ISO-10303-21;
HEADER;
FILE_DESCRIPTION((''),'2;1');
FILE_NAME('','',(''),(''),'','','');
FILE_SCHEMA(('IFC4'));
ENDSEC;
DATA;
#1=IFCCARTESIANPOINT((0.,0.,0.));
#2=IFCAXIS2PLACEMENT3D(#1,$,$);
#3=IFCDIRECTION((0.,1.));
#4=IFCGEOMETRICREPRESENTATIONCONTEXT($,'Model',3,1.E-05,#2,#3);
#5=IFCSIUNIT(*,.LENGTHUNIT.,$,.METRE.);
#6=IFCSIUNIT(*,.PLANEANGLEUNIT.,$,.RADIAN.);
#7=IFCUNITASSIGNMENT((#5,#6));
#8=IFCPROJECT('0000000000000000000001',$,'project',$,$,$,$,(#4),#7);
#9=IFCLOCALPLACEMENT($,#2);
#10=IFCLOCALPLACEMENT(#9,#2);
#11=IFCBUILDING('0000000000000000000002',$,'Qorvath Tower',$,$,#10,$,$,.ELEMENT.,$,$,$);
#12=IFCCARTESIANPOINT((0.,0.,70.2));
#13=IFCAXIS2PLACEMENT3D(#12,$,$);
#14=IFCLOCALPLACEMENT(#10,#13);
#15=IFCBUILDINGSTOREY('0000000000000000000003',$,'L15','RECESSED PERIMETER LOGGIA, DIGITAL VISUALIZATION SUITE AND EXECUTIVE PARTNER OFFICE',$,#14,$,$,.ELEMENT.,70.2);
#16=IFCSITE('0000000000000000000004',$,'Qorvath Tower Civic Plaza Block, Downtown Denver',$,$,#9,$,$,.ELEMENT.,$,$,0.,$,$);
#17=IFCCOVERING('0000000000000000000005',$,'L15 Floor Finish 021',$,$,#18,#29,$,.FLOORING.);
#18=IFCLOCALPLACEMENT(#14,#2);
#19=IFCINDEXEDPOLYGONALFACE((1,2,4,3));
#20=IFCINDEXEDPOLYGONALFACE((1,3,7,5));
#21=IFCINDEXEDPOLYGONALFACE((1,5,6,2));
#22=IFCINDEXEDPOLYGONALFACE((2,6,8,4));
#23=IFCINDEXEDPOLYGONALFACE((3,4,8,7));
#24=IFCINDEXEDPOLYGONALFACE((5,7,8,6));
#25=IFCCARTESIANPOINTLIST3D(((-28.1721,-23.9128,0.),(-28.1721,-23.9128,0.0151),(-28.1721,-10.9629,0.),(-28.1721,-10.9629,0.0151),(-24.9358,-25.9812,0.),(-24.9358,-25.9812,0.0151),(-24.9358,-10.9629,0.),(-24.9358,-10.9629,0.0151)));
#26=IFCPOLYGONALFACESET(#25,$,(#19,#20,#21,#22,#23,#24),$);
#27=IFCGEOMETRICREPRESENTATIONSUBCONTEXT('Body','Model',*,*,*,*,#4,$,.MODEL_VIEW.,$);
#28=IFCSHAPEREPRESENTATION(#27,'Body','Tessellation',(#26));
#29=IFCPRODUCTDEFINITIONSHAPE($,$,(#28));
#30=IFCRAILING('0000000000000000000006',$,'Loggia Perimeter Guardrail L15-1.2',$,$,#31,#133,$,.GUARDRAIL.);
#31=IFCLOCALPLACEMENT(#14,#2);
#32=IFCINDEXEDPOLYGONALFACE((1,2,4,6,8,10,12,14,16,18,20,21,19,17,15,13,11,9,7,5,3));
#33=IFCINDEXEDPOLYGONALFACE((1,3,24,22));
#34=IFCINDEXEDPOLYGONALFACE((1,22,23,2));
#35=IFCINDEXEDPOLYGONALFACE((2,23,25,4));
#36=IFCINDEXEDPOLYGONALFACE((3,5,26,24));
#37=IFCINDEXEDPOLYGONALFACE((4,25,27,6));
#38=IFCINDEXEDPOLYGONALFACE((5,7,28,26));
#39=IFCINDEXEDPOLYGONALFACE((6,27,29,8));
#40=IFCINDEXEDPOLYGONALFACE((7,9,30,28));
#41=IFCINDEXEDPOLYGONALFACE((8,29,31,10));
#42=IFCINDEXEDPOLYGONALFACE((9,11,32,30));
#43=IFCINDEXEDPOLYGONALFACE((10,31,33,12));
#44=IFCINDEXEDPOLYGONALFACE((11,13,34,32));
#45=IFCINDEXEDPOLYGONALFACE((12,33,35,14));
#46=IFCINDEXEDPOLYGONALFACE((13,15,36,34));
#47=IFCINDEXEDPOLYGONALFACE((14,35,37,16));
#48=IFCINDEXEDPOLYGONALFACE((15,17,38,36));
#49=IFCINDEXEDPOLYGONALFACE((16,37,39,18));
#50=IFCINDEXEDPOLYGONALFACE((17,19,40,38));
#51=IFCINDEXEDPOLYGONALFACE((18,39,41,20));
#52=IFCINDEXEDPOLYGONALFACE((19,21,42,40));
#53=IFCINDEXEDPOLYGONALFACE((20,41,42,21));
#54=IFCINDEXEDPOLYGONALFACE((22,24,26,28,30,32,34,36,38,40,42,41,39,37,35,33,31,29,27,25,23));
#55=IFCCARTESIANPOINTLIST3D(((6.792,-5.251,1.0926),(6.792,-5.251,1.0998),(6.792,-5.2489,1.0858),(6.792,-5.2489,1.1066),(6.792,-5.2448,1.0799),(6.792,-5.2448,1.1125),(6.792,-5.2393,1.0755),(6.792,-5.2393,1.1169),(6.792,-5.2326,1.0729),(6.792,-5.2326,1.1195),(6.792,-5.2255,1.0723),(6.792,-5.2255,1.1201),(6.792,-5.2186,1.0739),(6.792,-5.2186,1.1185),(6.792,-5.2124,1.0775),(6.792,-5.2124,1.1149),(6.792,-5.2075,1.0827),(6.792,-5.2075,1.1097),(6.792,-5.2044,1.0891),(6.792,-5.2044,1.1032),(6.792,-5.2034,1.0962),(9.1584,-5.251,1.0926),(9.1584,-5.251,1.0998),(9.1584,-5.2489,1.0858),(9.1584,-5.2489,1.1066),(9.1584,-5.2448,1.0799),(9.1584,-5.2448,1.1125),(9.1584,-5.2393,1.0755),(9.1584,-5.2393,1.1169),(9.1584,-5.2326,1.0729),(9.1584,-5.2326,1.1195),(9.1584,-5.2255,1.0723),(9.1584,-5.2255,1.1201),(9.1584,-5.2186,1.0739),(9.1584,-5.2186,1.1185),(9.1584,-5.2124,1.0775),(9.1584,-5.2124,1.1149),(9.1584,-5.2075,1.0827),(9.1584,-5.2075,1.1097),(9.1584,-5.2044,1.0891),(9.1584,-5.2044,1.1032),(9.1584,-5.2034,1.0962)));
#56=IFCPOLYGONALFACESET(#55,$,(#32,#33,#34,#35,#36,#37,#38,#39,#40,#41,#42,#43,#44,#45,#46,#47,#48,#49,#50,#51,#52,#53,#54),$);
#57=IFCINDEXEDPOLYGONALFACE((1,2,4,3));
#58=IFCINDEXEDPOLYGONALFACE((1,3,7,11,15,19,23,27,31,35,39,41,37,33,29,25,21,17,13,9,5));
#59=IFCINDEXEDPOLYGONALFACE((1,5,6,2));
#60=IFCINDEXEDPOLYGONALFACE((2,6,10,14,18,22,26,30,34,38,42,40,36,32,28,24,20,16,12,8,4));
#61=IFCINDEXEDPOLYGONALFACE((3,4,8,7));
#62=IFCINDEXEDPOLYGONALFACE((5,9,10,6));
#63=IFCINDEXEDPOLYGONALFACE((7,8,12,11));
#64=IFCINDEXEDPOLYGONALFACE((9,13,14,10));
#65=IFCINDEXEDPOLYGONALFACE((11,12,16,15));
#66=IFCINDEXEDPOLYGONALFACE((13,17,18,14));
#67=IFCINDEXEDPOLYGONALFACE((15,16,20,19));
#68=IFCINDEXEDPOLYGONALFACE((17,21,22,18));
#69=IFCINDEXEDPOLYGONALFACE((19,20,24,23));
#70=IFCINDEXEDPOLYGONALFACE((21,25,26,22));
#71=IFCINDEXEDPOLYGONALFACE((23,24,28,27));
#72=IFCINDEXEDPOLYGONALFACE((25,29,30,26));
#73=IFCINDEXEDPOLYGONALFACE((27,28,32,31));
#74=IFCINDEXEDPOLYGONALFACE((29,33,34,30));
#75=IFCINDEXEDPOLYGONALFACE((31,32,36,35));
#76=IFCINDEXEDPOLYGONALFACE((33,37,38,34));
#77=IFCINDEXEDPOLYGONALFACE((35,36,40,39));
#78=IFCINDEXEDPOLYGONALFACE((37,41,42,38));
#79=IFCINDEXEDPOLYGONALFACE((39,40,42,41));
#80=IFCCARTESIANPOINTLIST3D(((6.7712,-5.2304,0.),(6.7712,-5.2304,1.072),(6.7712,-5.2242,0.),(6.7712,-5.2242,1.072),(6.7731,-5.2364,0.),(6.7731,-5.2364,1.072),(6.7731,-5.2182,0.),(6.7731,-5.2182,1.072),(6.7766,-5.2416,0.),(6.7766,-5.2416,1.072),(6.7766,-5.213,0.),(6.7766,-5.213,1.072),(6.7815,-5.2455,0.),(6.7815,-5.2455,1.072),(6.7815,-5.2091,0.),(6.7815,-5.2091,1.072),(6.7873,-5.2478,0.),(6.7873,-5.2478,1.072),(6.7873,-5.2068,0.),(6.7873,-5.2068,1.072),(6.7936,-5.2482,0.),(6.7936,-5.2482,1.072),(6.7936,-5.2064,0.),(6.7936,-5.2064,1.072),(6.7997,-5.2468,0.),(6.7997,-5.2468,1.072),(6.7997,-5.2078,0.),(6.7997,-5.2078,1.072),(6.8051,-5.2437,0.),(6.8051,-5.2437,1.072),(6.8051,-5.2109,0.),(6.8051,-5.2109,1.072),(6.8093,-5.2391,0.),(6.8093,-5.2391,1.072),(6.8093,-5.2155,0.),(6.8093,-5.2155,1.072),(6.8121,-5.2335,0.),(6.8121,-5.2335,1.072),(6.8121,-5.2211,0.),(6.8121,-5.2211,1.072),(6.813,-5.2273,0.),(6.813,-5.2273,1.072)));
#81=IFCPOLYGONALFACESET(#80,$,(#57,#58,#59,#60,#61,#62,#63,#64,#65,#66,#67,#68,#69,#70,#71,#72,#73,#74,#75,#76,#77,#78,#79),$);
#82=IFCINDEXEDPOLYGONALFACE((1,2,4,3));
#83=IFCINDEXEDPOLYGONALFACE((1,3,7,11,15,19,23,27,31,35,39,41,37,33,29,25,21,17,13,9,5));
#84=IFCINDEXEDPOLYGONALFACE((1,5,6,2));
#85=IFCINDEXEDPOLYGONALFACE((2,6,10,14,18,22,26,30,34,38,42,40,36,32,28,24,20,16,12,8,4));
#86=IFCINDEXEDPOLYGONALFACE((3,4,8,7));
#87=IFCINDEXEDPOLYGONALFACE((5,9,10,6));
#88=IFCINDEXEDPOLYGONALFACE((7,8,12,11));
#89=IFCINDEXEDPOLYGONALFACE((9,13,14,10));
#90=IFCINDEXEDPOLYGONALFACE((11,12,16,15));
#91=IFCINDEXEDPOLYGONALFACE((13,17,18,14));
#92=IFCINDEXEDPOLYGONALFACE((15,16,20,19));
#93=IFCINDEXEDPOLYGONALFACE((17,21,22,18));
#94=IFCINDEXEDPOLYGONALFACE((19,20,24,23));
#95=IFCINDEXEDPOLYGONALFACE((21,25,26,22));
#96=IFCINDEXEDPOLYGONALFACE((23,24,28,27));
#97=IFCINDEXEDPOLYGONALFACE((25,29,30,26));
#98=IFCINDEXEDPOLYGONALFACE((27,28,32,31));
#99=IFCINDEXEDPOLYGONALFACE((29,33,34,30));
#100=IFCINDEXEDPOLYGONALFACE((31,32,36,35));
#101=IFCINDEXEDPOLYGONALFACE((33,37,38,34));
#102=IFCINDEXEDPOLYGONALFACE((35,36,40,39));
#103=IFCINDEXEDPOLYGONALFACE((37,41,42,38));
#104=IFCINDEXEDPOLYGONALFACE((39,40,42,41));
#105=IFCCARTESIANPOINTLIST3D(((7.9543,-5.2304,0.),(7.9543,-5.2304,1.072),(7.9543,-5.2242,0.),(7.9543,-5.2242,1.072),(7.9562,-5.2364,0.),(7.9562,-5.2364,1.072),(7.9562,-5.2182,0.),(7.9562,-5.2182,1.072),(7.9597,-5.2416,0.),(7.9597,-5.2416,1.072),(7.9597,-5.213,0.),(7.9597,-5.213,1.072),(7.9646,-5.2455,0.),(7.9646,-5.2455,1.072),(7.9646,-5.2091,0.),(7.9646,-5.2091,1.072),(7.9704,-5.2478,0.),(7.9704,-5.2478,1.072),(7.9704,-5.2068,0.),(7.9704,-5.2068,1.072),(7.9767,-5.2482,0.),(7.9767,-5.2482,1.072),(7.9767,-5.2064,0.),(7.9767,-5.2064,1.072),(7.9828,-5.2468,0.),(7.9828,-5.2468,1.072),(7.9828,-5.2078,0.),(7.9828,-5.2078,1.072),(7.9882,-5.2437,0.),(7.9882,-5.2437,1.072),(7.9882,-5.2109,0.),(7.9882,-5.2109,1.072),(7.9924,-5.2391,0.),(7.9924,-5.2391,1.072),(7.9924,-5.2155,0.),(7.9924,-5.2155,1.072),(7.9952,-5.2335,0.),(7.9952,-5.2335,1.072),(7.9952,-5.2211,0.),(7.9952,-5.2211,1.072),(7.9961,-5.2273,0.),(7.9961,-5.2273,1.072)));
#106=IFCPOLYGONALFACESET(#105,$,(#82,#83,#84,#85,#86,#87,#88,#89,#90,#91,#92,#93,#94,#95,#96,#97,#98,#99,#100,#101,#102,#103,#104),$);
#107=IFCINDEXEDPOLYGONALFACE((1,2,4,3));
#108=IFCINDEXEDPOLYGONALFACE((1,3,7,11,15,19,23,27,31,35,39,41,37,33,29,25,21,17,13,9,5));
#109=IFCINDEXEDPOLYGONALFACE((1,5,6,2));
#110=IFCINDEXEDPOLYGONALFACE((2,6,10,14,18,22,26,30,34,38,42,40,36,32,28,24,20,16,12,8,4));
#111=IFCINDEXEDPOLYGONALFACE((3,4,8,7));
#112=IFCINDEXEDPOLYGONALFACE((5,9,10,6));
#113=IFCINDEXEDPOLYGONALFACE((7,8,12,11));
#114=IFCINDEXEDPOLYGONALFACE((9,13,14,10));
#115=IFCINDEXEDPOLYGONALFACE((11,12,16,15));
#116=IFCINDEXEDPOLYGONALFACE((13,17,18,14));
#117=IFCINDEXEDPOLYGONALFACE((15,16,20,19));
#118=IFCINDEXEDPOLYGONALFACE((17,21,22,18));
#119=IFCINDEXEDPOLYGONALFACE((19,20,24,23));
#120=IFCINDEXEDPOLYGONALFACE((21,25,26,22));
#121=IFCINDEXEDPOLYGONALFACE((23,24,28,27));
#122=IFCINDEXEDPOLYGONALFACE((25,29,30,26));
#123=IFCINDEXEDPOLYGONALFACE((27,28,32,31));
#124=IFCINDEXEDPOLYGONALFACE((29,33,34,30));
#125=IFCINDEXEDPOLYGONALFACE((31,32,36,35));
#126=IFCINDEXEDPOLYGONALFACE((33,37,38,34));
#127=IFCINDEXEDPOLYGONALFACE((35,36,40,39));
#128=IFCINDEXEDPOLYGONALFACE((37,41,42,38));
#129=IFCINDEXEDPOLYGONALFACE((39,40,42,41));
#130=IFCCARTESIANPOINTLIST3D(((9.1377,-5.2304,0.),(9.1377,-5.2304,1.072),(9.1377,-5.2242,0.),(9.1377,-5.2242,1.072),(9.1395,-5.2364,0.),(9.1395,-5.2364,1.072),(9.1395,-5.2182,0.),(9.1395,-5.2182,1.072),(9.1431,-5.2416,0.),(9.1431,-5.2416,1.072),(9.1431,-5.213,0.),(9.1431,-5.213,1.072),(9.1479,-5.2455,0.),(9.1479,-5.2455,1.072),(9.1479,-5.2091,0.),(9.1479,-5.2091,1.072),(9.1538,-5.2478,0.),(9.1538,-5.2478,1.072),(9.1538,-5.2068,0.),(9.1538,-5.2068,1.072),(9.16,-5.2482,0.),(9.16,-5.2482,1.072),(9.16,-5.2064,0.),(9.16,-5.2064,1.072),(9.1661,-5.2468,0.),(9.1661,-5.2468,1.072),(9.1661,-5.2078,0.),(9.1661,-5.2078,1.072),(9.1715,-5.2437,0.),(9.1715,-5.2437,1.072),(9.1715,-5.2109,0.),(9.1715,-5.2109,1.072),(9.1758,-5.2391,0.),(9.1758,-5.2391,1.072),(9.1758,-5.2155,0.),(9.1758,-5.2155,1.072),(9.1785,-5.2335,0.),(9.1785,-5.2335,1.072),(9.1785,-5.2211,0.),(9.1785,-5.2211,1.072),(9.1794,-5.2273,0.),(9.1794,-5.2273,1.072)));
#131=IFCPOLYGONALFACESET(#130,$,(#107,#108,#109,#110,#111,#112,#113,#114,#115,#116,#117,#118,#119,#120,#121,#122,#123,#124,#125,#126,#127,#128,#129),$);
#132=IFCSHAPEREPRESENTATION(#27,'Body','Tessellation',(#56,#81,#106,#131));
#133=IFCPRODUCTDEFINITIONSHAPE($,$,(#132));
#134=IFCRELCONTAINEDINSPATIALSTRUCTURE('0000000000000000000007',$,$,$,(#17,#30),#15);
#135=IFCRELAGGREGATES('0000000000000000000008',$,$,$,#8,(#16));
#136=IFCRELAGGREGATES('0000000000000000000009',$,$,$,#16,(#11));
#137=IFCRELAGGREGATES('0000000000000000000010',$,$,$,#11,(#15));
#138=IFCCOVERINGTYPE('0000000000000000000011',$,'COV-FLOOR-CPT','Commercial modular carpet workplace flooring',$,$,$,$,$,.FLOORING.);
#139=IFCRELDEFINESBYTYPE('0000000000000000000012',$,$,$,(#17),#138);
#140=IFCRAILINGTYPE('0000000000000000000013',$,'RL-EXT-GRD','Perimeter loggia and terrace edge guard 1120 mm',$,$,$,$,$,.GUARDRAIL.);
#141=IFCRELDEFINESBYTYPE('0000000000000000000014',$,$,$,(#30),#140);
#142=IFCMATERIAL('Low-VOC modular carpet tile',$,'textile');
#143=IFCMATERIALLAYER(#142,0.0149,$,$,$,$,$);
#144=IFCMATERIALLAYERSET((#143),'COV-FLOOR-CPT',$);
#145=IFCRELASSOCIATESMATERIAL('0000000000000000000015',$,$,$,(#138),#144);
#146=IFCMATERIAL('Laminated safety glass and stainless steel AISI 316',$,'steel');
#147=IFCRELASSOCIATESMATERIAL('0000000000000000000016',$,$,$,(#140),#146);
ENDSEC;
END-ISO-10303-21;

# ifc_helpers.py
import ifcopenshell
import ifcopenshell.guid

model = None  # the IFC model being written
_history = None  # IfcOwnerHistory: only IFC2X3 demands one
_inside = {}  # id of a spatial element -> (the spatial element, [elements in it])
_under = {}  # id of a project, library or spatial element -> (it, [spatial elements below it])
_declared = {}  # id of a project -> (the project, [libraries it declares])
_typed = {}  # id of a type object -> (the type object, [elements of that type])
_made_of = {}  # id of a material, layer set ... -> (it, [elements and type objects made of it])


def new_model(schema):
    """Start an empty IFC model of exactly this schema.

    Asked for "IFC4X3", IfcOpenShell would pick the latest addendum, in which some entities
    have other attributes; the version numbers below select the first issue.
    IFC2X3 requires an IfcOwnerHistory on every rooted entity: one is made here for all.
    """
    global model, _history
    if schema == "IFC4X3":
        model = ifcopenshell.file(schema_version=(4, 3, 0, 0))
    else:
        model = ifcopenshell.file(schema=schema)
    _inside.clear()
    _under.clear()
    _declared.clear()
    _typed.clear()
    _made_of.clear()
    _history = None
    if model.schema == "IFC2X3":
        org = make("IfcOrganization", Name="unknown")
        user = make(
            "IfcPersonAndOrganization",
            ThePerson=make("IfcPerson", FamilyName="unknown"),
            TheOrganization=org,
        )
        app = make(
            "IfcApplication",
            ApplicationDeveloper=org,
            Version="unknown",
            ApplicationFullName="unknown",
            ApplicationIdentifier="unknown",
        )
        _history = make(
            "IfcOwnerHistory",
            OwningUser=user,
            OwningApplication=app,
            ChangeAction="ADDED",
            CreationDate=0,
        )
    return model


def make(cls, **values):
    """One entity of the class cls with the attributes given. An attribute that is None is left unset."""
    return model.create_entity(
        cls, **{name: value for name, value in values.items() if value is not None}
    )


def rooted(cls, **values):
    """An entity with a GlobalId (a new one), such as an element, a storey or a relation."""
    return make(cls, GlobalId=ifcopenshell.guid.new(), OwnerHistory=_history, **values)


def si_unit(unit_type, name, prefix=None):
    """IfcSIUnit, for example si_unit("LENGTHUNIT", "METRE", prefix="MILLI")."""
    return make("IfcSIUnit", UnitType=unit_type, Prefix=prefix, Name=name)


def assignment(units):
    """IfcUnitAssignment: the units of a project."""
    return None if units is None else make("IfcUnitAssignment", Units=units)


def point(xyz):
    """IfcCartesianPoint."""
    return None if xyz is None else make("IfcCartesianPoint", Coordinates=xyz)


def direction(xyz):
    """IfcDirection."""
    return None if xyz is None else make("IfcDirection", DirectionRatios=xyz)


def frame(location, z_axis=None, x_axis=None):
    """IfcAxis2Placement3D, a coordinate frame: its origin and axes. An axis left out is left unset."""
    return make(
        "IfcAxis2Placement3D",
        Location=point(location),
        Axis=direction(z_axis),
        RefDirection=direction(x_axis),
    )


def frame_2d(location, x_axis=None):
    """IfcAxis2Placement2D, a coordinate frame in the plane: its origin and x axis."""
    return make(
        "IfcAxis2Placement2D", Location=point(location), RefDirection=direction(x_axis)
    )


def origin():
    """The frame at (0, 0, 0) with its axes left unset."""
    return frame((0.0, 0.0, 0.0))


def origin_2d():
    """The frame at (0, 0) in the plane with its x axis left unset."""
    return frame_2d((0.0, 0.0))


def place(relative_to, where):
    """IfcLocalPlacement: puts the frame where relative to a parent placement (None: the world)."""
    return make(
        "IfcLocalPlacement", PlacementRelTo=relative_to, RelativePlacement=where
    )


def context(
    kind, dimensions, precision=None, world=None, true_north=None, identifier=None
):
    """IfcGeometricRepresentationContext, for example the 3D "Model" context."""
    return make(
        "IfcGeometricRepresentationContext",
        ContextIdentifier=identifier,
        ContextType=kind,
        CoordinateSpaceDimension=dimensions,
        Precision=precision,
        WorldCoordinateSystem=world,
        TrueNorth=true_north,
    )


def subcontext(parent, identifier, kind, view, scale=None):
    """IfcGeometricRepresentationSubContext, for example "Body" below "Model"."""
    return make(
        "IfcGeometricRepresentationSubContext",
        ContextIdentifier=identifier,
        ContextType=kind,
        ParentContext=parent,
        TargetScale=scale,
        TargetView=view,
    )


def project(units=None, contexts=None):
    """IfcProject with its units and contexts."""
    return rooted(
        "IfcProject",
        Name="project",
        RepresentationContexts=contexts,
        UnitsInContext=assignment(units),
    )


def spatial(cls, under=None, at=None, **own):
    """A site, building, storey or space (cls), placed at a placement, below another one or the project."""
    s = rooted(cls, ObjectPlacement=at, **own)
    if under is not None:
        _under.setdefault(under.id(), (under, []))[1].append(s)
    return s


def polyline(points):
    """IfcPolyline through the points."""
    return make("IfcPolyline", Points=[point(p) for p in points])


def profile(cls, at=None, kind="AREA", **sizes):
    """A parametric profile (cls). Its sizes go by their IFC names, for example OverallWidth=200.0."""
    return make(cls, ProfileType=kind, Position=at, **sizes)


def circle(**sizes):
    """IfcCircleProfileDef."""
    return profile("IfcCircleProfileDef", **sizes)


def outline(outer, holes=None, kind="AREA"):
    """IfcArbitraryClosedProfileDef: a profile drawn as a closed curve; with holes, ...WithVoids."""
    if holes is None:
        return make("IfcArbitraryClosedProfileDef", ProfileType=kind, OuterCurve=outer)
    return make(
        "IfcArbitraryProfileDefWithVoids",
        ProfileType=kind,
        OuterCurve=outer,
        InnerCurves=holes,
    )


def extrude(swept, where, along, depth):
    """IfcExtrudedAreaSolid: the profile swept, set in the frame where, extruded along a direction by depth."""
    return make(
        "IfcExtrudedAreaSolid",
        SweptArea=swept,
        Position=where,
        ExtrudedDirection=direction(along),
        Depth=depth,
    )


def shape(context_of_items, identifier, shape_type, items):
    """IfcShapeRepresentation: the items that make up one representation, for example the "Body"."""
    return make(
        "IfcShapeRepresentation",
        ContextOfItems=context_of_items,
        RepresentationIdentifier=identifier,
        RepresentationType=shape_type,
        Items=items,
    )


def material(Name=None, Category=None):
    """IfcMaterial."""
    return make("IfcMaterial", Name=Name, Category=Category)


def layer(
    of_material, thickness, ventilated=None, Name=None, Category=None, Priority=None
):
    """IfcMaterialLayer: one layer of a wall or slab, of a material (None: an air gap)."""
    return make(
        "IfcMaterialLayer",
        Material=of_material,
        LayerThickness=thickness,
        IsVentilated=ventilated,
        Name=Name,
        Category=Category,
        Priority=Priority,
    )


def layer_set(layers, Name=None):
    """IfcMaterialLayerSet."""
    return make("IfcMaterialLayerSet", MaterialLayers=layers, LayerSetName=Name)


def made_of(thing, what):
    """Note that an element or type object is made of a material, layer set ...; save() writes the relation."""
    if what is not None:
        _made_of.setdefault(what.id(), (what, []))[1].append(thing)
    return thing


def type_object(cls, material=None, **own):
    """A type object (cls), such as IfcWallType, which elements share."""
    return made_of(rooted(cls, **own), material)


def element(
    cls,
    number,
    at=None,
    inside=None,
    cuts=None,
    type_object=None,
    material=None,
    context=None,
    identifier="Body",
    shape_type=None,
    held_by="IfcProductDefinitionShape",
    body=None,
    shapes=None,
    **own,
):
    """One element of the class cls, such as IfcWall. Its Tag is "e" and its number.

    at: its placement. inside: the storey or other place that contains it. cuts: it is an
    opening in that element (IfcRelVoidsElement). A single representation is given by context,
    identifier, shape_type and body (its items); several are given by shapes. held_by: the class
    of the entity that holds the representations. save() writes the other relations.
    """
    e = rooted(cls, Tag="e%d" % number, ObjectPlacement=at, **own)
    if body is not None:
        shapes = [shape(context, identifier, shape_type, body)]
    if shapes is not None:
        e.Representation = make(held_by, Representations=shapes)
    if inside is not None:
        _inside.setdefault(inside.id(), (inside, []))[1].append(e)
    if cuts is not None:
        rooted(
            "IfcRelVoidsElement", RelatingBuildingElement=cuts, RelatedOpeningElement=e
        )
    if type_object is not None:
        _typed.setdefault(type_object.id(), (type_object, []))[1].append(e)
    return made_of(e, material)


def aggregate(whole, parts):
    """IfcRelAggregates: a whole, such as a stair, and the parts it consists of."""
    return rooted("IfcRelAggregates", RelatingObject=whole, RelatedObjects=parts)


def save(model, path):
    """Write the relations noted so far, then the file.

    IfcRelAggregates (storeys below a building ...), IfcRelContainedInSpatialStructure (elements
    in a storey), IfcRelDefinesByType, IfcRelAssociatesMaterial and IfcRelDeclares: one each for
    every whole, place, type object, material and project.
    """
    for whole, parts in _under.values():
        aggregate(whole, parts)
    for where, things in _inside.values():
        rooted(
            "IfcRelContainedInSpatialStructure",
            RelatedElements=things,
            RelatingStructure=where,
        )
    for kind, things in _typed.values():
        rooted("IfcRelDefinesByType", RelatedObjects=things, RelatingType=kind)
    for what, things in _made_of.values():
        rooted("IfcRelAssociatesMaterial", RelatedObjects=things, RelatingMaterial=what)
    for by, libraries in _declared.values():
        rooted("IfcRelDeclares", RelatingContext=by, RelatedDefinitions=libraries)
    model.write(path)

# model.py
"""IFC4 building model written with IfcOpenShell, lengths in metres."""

from ifc_helpers import new_model, si_unit, direction, frame, origin, origin_2d, place, context, subcontext, project, spatial, polyline, circle, outline, extrude, material, layer, layer_set, type_object, element, save


model = new_model("IFC4")

# Units and contexts
model_context = context("Model", 3, precision=1e-05, world=origin(), true_north=direction((0.0, 1.0)))
body_context = subcontext(model_context, "Body", "Model", "MODEL_VIEW")
ifc_project = project(units=[si_unit("LENGTHUNIT", "METRE"), si_unit("PLANEANGLEUNIT", "RADIAN")], contexts=[model_context])

# Site, building, storey
site_placement = place(None, origin())
site = spatial("IfcSite", under=ifc_project, at=site_placement, Name="Qorvath Tower Civic Plaza Block, Downtown Denver", CompositionType="ELEMENT", RefElevation=0.0)
building_placement = place(site_placement, origin())
building = spatial("IfcBuilding", under=site, at=building_placement, Name="Qorvath Tower", CompositionType="ELEMENT")
storey_placement = place(building_placement, frame((0.0, 0.0, 70.2)))
storey = spatial("IfcBuildingStorey", under=building, at=storey_placement, Name="L15", Description="RECESSED PERIMETER LOGGIA, DIGITAL VISUALIZATION SUITE AND EXECUTIVE PARTNER OFFICE", CompositionType="ELEMENT", Elevation=70.2)

# Covering
ifc_material_1 = material(Name="Low-VOC modular carpet tile", Category="textile")
ifc_layer_1 = layer(ifc_material_1, 0.0149)
ifc_layer_set_1 = layer_set([ifc_layer_1], Name="COV-FLOOR-CPT")
covering_type_1 = type_object("IfcCoveringType", Name="COV-FLOOR-CPT", Description="Commercial modular carpet workplace flooring", PredefinedType="FLOORING", material=ifc_layer_set_1)
covering_1_placement = place(storey_placement, origin())
element("IfcCovering", 1, at=covering_1_placement, inside=storey, type_object=covering_type_1, Name="L15 Floor Finish 021", PredefinedType="FLOORING", context=body_context, shape_type="SweptSolid", body=[
    extrude(outline(polyline([(-28.1721, -10.9629), (-28.1721, -23.9128), (-24.9358, -25.9812), (-24.9358, -10.9629), (-28.1721, -10.9629)])), origin(), (0.0, 0.0, 1.0), 0.0151),
])

# Railing
ifc_material_2 = material(Name="Laminated safety glass and stainless steel AISI 316", Category="steel")
railing_type = type_object("IfcRailingType", Name="RL-EXT-GRD", Description="Perimeter loggia and terrace edge guard 1120 mm", PredefinedType="GUARDRAIL", material=ifc_material_2)
railing_1_placement = place(storey_placement, frame((6.792, -5.2273, 0.0)))
element("IfcRailing", 2, at=railing_1_placement, inside=storey, type_object=railing_type, Name="Loggia Perimeter Guardrail L15-1.2", PredefinedType="GUARDRAIL", context=body_context, shape_type="SweptSolid", body=[
    extrude(circle(Radius=0.0239, at=origin_2d()), frame((0.0, 0.0, 1.0962), z_axis=(1.0, 0.0, 0.0), x_axis=(0.0, 1.0, 0.0)), (0.0, 0.0, 1.0), 2.3665),
    extrude(circle(Radius=0.021, at=origin_2d()), origin(), (0.0, 0.0, 1.0), 1.072),
    extrude(circle(Radius=0.021, at=origin_2d()), frame((1.1831, 0.0, 0.0)), (0.0, 0.0, 1.0), 1.072),
    extrude(circle(Radius=0.021, at=origin_2d()), frame((2.3665, 0.0, 0.0)), (0.0, 0.0, 1.0), 1.072),
])

save(model, "model.ifc")
